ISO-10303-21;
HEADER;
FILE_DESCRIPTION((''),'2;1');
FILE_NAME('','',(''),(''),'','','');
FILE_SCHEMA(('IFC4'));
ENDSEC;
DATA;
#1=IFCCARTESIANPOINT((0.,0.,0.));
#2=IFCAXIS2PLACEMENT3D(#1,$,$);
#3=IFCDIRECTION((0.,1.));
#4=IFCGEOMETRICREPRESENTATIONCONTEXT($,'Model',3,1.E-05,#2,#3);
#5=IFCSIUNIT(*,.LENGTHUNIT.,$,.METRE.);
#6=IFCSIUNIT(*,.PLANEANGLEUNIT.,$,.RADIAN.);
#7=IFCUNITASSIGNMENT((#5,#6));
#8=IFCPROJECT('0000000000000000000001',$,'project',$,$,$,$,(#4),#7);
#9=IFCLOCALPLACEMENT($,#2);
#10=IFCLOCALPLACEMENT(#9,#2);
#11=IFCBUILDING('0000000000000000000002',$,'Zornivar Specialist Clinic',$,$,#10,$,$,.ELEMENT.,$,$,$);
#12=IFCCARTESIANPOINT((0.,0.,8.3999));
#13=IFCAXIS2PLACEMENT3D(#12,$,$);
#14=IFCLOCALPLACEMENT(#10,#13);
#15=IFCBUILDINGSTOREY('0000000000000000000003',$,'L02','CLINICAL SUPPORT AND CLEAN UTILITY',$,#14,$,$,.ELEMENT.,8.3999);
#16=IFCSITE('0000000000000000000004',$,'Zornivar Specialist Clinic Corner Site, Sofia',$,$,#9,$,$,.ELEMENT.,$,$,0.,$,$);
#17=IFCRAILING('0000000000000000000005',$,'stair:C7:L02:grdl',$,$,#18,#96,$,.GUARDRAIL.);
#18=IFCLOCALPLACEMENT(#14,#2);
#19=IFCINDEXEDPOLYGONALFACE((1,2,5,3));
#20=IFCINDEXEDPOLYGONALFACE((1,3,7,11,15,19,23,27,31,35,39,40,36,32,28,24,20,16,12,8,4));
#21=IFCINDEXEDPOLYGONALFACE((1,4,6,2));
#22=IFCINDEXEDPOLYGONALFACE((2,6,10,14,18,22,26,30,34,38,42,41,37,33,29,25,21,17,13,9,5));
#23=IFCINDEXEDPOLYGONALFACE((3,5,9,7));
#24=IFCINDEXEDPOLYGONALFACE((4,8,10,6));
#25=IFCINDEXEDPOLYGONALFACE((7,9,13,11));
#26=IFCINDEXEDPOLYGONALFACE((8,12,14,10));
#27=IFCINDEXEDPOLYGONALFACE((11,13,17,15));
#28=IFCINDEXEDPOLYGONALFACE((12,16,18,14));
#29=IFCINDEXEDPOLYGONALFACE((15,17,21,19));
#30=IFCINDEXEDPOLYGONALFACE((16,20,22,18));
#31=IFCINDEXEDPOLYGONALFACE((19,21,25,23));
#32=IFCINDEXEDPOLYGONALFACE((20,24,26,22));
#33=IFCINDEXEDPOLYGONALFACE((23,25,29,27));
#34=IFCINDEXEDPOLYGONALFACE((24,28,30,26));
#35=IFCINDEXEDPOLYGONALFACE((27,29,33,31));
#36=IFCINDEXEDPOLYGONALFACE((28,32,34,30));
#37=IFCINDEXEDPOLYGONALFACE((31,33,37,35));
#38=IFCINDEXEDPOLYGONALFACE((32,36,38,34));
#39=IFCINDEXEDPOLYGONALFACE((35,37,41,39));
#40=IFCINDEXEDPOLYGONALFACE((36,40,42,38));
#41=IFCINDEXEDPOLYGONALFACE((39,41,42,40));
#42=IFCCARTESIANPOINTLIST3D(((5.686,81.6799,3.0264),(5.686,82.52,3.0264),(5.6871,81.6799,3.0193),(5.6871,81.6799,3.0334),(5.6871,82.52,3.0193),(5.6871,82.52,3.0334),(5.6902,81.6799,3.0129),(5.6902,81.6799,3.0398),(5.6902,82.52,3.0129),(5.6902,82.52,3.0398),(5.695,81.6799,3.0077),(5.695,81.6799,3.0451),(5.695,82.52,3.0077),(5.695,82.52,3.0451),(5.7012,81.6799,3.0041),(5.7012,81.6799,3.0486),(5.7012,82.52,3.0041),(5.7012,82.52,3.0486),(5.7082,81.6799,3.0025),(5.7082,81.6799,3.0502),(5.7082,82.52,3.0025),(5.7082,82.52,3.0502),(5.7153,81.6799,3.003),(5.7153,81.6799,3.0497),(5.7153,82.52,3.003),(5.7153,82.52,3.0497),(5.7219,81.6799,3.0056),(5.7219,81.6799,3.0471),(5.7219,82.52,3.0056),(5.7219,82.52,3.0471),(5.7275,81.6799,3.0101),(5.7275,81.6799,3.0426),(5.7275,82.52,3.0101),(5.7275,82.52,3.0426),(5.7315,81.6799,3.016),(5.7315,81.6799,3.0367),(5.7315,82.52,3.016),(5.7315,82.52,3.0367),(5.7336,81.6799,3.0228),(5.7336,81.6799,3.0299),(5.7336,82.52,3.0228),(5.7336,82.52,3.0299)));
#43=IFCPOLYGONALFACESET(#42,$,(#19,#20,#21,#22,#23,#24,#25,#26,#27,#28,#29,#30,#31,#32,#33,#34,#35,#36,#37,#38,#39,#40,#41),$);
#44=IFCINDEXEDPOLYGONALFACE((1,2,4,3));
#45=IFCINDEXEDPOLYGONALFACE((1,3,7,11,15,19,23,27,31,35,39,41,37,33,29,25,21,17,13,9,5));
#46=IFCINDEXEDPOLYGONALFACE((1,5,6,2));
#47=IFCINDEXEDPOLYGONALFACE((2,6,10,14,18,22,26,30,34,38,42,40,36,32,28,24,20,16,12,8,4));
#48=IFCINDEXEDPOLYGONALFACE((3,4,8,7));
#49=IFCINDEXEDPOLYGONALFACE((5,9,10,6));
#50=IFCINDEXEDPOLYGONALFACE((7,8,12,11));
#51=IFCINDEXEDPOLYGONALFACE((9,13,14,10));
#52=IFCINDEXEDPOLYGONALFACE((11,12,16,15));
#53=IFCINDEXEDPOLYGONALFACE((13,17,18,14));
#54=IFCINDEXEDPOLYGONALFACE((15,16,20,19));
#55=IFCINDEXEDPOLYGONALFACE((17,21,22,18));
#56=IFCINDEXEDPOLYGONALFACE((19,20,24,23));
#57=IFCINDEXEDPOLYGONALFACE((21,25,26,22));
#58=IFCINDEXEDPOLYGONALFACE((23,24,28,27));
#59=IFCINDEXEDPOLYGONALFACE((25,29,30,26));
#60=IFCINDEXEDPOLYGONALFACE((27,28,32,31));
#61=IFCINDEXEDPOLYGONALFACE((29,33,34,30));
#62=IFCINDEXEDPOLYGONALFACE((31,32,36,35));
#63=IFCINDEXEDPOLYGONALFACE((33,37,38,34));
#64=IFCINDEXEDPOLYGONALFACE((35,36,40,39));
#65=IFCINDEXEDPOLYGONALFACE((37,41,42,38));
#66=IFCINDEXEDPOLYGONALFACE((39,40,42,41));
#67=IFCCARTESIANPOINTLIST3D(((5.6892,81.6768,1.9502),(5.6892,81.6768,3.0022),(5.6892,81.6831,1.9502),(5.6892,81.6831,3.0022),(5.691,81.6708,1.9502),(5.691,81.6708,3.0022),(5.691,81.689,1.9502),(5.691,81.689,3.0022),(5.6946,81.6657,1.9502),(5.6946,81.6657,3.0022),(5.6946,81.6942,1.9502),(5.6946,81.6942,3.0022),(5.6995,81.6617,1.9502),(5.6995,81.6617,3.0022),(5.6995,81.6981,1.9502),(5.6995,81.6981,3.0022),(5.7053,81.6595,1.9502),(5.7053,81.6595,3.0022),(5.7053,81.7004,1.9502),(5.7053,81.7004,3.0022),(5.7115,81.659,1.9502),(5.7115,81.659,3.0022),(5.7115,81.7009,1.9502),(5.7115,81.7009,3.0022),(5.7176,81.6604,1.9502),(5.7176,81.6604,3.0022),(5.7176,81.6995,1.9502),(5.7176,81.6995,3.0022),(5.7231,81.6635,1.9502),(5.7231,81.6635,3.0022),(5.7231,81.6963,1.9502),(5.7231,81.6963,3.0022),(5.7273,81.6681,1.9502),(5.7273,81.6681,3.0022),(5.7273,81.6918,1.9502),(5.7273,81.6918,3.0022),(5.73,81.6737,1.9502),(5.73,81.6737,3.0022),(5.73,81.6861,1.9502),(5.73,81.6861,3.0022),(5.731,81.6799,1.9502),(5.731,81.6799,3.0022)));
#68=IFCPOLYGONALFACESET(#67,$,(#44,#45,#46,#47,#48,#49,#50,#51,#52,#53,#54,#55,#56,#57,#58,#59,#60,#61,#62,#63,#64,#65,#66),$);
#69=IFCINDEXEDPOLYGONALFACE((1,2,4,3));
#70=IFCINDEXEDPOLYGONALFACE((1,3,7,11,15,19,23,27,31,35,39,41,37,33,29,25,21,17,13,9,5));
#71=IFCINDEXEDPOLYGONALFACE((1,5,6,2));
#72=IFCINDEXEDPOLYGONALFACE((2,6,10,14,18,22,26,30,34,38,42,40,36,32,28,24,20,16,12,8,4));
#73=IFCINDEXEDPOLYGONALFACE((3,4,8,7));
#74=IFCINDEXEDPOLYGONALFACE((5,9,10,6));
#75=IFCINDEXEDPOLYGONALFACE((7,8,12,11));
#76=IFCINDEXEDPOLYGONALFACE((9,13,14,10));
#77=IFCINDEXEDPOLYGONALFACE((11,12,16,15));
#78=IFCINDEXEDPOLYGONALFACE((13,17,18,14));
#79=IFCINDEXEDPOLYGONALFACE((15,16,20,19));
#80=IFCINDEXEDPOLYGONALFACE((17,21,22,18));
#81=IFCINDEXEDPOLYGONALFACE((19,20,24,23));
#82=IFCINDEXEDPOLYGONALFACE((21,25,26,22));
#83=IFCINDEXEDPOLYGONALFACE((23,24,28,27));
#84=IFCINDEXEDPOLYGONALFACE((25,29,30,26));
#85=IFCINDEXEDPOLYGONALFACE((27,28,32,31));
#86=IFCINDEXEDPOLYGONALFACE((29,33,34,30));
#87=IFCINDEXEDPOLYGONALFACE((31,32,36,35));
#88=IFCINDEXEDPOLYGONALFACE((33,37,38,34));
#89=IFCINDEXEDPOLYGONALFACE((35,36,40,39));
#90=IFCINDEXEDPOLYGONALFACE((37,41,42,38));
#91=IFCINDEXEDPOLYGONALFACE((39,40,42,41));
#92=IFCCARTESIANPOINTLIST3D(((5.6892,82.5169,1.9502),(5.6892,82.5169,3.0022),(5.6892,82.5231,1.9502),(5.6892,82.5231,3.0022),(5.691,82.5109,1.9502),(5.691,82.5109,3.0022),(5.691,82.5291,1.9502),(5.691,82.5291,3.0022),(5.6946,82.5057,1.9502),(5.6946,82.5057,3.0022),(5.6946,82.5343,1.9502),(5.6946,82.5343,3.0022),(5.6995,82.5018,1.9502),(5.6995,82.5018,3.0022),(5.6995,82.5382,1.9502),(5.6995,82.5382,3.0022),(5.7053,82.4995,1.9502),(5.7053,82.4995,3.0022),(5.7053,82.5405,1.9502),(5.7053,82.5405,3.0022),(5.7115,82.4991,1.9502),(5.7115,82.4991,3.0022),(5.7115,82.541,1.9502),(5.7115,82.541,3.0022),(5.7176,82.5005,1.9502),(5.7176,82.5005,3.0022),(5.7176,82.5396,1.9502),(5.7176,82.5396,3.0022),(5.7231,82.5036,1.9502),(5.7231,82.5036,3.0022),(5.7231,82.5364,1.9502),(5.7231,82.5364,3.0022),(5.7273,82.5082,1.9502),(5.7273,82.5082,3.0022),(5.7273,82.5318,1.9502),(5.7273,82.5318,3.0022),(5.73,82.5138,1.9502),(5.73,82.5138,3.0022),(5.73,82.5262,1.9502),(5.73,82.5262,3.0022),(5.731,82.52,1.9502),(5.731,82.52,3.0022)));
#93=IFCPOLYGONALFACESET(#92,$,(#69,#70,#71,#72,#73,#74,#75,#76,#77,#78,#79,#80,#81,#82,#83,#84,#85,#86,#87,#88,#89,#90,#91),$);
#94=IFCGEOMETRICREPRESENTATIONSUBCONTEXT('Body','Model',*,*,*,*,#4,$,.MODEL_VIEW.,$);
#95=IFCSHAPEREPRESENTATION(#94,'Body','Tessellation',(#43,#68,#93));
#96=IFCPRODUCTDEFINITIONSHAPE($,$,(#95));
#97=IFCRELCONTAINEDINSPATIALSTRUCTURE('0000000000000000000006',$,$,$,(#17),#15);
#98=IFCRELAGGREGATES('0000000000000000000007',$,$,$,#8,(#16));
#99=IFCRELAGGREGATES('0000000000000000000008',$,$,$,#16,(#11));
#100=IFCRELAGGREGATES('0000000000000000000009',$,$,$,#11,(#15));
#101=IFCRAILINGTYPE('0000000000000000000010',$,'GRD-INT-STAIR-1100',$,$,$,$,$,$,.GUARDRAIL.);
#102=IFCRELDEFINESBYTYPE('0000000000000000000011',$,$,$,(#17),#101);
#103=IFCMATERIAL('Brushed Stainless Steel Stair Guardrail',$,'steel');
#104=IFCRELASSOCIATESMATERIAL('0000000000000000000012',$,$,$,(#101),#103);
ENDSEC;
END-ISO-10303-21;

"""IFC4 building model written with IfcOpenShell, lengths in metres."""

from ifc_helpers import new_model, si_unit, direction, frame, origin, origin_2d, place, context, subcontext, project, spatial, circle, extrude, material, type_object, element, save


model = new_model("IFC4")

# Units and contexts
model_context = context("Model", 3, precision=1e-05, world=origin(), true_north=direction((0.0, 1.0)))
body_context = subcontext(model_context, "Body", "Model", "MODEL_VIEW")
ifc_project = project(units=[si_unit("LENGTHUNIT", "METRE"), si_unit("PLANEANGLEUNIT", "RADIAN")], contexts=[model_context])

# Site, building, storey
site_placement = place(None, origin())
site = spatial("IfcSite", under=ifc_project, at=site_placement, Name="Zornivar Specialist Clinic Corner Site, Sofia", CompositionType="ELEMENT", RefElevation=0.0)
building_placement = place(site_placement, origin())
building = spatial("IfcBuilding", under=site, at=building_placement, Name="Zornivar Specialist Clinic", CompositionType="ELEMENT")
storey_placement = place(building_placement, frame((0.0, 0.0, 8.3999)))
storey = spatial("IfcBuildingStorey", under=building, at=storey_placement, Name="L02", Description="CLINICAL SUPPORT AND CLEAN UTILITY", CompositionType="ELEMENT", Elevation=8.3999)

# Railing
ifc_material_1 = material(Name="Brushed Stainless Steel Stair Guardrail", Category="steel")
railing_type_1 = type_object("IfcRailingType", Name="GRD-INT-STAIR-1100", PredefinedType="GUARDRAIL", material=ifc_material_1)
railing_1_placement = place(storey_placement, frame((5.71, 81.6799, 1.9502)))
element("IfcRailing", 1, at=railing_1_placement, inside=storey, type_object=railing_type_1, Name="stair:C7:L02:grdl", PredefinedType="GUARDRAIL", context=body_context, shape_type="SweptSolid", body=[
    extrude(circle(Radius=0.0239, at=origin_2d()), frame((0.0, 0.0, 1.0762), z_axis=(0.0, 1.0, 0.0), x_axis=(-1.0, 0.0, 0.0)), (0.0, 0.0, 1.0), 0.8401),
    extrude(circle(Radius=0.021, at=origin_2d()), origin(), (0.0, 0.0, 1.0), 1.052),
    extrude(circle(Radius=0.021, at=origin_2d()), frame((0.0, 0.8401, 0.0)), (0.0, 0.0, 1.0), 1.052),
])

save(model, "model.ifc")
